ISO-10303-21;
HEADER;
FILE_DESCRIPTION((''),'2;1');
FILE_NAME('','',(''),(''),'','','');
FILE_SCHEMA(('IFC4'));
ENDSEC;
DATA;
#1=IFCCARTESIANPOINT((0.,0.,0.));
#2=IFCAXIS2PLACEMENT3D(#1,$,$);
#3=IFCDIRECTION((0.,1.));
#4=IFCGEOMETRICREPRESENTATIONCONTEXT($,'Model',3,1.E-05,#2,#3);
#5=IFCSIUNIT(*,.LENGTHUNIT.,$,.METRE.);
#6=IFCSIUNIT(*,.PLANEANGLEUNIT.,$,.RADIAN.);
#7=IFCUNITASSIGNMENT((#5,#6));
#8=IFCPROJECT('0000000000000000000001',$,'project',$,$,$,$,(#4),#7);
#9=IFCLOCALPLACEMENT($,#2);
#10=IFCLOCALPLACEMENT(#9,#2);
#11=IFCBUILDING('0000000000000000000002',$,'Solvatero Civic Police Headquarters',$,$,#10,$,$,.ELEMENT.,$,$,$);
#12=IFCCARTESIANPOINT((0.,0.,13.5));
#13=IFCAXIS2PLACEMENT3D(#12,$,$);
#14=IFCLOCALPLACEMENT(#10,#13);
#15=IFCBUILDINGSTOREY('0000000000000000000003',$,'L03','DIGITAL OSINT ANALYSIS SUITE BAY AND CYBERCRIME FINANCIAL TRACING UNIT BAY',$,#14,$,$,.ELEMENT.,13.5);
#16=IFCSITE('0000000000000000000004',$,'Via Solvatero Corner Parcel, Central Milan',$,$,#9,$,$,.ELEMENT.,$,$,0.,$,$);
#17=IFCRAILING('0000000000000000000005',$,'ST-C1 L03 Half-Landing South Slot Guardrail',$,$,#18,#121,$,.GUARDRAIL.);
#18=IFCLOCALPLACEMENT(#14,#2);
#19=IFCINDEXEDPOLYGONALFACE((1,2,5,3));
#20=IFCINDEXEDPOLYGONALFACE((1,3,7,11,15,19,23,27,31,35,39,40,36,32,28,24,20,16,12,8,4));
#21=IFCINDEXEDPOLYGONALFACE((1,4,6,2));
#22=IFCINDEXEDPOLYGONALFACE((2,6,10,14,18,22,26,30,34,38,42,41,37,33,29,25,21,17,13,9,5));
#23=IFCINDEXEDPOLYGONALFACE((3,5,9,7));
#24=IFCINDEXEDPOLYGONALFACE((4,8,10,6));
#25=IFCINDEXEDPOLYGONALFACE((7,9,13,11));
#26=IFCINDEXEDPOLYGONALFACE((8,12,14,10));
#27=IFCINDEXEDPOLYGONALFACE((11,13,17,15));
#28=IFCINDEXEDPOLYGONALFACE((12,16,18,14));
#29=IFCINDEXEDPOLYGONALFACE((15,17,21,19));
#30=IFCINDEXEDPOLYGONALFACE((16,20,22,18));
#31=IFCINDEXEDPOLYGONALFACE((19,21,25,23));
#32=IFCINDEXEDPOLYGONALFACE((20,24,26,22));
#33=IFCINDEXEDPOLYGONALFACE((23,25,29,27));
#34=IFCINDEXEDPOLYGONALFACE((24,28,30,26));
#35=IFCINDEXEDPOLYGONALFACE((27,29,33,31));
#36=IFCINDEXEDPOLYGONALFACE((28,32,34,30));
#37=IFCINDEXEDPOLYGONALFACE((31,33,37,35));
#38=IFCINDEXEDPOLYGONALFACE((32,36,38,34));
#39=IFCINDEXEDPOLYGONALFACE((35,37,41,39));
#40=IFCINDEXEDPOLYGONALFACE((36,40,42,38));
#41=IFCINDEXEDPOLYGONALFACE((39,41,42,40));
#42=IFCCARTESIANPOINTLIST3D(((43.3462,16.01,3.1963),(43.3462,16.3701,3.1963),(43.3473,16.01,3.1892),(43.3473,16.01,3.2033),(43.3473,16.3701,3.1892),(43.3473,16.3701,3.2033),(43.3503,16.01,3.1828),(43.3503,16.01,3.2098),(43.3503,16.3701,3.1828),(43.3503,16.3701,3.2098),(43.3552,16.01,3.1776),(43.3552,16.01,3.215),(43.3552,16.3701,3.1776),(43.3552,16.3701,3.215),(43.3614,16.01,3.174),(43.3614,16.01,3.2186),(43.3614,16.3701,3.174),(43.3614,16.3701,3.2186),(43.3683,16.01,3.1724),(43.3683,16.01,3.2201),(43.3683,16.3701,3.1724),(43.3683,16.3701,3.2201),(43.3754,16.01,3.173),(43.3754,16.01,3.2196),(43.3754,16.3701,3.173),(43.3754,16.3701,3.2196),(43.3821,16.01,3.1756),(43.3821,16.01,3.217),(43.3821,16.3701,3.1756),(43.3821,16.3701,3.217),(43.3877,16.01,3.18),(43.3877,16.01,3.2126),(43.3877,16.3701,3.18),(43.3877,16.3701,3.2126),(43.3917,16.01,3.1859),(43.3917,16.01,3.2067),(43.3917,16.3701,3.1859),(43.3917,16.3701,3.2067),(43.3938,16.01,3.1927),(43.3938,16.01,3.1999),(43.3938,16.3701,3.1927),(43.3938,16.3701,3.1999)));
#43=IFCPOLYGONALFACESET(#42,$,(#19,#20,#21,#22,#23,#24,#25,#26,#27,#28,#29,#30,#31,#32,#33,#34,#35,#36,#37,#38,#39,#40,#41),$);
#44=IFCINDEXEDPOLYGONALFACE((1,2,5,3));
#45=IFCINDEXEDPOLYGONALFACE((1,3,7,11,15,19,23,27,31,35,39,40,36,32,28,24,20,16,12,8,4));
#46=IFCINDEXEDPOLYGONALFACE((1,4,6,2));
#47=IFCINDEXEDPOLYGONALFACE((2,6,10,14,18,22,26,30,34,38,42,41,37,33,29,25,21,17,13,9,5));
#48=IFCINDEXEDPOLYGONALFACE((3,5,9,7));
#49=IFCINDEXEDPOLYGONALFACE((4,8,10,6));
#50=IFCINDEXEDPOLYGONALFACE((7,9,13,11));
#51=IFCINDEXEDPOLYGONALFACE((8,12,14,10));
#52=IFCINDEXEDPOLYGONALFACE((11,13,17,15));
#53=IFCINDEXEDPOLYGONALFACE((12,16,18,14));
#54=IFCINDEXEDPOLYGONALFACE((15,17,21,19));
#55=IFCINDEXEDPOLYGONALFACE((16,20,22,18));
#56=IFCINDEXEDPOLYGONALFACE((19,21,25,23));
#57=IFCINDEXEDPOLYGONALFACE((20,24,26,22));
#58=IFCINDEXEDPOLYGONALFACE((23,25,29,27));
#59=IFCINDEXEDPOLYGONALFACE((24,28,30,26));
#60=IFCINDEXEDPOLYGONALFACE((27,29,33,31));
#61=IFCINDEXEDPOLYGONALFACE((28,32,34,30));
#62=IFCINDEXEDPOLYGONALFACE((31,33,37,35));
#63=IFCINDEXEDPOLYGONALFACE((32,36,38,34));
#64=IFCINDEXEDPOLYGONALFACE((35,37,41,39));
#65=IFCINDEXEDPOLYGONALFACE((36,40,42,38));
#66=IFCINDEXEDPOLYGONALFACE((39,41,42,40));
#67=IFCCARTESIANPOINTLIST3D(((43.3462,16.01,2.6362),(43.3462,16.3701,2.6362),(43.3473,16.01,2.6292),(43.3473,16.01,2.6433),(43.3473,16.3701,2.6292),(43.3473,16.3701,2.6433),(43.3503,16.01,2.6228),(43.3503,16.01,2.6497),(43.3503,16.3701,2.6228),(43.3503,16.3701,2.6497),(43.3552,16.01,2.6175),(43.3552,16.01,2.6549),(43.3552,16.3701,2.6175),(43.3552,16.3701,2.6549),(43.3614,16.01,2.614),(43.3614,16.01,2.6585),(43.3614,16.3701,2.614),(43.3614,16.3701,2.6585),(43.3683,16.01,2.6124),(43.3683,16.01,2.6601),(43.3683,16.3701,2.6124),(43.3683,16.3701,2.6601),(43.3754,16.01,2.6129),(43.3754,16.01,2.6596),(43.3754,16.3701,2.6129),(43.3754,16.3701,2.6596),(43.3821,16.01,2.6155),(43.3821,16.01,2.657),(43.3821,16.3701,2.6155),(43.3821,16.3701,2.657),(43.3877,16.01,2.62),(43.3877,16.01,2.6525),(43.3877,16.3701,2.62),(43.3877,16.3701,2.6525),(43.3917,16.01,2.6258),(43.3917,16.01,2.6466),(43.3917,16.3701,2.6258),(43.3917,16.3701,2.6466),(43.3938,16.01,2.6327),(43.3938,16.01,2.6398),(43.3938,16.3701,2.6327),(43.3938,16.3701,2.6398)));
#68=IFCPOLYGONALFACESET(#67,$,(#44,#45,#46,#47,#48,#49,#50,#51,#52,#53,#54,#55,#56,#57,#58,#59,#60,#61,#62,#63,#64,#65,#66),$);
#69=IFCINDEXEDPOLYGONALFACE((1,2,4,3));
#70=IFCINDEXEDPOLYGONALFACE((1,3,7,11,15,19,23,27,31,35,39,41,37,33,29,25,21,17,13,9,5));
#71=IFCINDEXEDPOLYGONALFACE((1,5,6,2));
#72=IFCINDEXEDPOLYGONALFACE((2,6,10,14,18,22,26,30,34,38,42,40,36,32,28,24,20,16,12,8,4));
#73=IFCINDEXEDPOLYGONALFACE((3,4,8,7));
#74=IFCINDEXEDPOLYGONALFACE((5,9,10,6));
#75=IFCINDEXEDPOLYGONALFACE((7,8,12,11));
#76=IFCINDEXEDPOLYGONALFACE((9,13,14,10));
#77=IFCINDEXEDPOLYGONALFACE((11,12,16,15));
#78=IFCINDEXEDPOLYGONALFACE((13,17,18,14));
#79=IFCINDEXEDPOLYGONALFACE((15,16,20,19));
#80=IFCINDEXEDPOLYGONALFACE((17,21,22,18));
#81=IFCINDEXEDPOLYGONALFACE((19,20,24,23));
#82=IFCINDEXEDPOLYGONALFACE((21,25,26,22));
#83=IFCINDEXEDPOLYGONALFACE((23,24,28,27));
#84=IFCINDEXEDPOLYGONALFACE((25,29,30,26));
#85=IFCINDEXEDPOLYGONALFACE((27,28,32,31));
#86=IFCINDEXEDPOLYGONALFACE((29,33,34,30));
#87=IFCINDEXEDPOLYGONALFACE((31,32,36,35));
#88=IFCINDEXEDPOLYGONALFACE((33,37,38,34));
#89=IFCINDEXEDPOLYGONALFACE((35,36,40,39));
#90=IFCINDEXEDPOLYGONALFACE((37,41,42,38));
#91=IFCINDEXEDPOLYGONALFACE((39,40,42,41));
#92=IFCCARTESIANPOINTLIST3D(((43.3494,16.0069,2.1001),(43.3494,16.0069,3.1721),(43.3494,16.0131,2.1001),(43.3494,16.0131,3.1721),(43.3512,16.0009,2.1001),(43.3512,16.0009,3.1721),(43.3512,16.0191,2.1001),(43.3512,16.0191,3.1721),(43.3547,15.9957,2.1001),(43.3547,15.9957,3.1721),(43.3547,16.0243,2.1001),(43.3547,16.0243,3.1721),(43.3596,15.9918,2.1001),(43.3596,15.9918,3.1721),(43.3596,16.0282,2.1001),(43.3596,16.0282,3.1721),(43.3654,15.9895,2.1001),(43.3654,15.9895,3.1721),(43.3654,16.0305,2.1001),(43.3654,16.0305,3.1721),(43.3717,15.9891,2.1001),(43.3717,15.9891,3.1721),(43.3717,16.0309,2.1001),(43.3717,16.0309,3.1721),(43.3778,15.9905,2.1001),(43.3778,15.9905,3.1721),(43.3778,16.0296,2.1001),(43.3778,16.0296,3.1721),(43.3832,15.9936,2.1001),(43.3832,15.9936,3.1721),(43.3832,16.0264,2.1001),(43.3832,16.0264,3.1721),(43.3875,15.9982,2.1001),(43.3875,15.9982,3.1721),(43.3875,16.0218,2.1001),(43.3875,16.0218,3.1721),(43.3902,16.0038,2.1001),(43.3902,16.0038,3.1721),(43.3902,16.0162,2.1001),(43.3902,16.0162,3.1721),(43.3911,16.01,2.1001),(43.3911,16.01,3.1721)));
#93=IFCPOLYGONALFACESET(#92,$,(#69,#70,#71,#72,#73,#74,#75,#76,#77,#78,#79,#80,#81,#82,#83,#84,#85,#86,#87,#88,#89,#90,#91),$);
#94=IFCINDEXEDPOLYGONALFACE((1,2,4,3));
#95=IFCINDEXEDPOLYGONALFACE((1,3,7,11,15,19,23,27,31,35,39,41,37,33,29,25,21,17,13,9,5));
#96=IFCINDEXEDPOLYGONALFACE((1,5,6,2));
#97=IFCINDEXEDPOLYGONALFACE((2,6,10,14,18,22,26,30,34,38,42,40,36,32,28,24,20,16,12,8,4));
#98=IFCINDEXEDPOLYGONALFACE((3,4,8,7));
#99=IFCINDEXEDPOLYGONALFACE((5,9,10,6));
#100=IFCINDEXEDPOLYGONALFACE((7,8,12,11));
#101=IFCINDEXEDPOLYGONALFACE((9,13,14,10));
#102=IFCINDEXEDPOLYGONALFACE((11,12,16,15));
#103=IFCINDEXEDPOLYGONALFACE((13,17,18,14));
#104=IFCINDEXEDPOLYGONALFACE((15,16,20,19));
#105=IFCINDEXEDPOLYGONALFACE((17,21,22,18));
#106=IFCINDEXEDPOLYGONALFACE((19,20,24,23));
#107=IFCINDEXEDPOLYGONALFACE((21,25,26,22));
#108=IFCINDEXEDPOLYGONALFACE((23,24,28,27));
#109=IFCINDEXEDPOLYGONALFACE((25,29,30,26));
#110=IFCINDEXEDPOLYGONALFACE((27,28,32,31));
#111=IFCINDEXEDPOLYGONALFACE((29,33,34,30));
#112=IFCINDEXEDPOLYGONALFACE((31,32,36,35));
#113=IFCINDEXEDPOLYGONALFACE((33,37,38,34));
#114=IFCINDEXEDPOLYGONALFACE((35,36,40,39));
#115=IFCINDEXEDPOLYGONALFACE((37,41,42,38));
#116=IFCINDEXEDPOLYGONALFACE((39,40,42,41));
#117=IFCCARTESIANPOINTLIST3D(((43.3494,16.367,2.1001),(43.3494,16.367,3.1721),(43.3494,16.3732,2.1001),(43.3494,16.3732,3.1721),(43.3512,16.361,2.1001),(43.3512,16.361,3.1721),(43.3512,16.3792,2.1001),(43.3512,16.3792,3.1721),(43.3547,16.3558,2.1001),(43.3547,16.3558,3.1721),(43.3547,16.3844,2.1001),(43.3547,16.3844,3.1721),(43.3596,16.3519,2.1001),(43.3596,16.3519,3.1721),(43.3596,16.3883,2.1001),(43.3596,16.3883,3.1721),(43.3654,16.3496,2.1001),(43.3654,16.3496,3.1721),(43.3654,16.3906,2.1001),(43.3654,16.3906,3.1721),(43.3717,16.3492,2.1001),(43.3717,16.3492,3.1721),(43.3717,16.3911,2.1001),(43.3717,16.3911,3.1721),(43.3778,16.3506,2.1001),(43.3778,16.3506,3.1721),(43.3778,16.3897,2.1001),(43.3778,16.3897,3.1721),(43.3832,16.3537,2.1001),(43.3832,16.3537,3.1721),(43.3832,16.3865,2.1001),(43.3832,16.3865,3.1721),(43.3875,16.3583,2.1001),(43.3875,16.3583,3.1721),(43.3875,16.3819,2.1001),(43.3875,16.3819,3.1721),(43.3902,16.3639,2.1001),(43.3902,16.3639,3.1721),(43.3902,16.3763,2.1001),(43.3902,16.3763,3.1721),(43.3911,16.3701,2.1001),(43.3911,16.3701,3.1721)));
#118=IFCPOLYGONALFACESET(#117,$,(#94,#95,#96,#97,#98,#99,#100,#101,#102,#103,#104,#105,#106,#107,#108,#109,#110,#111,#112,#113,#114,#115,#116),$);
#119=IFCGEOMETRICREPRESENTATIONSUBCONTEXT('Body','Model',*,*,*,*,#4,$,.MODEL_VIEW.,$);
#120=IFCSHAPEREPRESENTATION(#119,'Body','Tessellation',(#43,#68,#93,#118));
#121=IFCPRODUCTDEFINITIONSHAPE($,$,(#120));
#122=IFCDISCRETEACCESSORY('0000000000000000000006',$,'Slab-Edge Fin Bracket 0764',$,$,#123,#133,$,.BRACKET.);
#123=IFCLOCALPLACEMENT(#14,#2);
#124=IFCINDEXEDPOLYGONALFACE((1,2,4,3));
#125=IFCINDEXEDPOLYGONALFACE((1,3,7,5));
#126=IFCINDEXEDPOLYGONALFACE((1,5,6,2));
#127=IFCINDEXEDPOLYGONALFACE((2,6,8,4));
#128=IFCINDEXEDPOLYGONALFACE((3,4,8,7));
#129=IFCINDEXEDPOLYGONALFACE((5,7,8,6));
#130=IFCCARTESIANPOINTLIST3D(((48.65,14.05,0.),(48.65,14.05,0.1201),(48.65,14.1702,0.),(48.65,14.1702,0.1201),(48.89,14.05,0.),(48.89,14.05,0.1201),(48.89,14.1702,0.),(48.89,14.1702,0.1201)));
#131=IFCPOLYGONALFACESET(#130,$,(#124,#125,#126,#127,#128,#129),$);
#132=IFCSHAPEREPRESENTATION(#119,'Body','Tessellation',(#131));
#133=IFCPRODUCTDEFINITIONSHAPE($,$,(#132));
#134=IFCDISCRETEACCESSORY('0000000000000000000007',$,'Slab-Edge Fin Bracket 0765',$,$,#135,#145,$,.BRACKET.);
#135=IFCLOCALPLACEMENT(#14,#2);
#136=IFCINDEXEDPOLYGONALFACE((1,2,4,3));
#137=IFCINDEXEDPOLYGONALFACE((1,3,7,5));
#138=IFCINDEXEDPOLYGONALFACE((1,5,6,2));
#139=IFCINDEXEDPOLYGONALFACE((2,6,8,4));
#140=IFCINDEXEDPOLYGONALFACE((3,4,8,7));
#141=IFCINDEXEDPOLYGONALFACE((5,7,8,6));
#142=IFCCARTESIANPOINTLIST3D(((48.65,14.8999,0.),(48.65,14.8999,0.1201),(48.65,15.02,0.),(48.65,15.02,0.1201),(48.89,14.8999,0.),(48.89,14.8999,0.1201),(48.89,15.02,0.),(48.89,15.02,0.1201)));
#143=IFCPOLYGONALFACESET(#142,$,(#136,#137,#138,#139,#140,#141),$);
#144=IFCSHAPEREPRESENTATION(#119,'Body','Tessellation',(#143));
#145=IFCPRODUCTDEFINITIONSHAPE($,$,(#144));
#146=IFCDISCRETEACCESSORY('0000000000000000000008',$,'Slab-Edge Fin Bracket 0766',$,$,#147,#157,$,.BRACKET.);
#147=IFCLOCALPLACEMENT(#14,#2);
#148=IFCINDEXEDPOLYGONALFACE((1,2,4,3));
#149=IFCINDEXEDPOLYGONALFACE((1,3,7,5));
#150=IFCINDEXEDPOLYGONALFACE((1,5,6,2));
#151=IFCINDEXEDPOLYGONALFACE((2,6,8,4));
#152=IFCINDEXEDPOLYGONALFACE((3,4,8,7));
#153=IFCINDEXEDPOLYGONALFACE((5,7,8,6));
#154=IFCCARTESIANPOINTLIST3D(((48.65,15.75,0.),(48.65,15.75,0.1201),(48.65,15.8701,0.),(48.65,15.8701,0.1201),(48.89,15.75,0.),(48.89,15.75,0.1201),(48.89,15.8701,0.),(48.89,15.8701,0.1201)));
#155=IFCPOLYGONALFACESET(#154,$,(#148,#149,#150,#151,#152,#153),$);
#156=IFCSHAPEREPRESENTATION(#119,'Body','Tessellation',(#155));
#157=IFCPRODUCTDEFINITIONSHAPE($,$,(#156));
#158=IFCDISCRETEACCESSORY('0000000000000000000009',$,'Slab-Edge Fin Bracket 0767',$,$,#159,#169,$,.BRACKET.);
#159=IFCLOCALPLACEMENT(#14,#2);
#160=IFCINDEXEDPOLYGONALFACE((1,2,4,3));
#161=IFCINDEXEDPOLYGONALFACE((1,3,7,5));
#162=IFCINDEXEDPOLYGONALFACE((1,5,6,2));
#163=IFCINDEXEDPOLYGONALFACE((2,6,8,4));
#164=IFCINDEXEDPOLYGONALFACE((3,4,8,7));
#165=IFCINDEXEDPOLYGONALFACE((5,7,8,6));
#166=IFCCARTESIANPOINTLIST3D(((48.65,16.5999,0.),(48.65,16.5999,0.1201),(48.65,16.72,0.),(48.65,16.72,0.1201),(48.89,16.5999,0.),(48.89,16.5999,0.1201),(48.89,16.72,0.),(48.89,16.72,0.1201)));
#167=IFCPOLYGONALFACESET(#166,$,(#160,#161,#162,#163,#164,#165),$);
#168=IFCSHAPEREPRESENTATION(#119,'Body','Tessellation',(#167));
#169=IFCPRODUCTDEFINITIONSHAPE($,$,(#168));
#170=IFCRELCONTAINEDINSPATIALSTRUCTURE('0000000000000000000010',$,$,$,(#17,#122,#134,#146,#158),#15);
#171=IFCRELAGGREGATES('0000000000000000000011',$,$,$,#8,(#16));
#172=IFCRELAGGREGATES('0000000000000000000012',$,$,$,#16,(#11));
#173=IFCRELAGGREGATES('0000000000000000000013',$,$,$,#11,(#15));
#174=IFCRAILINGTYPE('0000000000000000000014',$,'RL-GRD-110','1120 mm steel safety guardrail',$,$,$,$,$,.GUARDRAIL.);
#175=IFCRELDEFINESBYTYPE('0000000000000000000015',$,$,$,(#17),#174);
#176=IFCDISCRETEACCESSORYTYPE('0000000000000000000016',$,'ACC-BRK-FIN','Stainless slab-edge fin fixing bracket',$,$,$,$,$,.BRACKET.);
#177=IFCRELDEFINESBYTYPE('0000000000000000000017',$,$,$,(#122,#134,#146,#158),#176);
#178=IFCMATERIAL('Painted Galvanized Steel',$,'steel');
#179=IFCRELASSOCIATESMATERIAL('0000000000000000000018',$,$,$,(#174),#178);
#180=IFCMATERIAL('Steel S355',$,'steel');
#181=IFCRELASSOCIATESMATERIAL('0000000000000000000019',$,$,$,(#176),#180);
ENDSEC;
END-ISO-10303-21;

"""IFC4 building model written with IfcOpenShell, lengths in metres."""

from ifc_helpers import new_model, si_unit, direction, frame, origin, origin_2d, place, context, subcontext, project, spatial, rectangle, circle, extrude, material, type_object, element, save


model = new_model("IFC4")

# Units and contexts
model_context = context("Model", 3, precision=1e-05, world=origin(), true_north=direction((0.0, 1.0)))
body_context = subcontext(model_context, "Body", "Model", "MODEL_VIEW")
ifc_project = project(units=[si_unit("LENGTHUNIT", "METRE"), si_unit("PLANEANGLEUNIT", "RADIAN")], contexts=[model_context])

# Site, building, storey
site_placement = place(None, origin())
site = spatial("IfcSite", under=ifc_project, at=site_placement, Name="Via Solvatero Corner Parcel, Central Milan", CompositionType="ELEMENT", RefElevation=0.0)
building_placement = place(site_placement, origin())
building = spatial("IfcBuilding", under=site, at=building_placement, Name="Solvatero Civic Police Headquarters", CompositionType="ELEMENT")
storey_placement = place(building_placement, frame((0.0, 0.0, 13.5)))
storey = spatial("IfcBuildingStorey", under=building, at=storey_placement, Name="L03", Description="DIGITAL OSINT ANALYSIS SUITE BAY AND CYBERCRIME FINANCIAL TRACING UNIT BAY", CompositionType="ELEMENT", Elevation=13.5)

# Shared definitions
ifc_material_1 = material(Name="Steel S355", Category="steel")

# Railing
ifc_material_2 = material(Name="Painted Galvanized Steel", Category="steel")
railing_type_1 = type_object("IfcRailingType", Name="RL-GRD-110", Description="1120 mm steel safety guardrail", PredefinedType="GUARDRAIL", material=ifc_material_2)
railing_1_placement = place(storey_placement, frame((43.3701, 16.01, 2.1001)))
element("IfcRailing", 1, at=railing_1_placement, inside=storey, type_object=railing_type_1, Name="ST-C1 L03 Half-Landing South Slot Guardrail", PredefinedType="GUARDRAIL", context=body_context, shape_type="SweptSolid", body=[
    extrude(circle(Radius=0.0239, at=origin_2d()), frame((0.0, 0.0, 1.0962), z_axis=(0.0, 1.0, 0.0), x_axis=(-1.0, 0.0, 0.0)), (0.0, 0.0, 1.0), 0.3601),
    extrude(circle(Radius=0.0239, at=origin_2d()), frame((0.0, 0.0, 0.5361), z_axis=(0.0, 1.0, 0.0), x_axis=(-1.0, 0.0, 0.0)), (0.0, 0.0, 1.0), 0.3601),
    extrude(circle(Radius=0.021, at=origin_2d()), origin(), (0.0, 0.0, 1.0), 1.072),
    extrude(circle(Radius=0.021, at=origin_2d()), frame((0.0, 0.3601, 0.0)), (0.0, 0.0, 1.0), 1.072),
])

# Discrete accessories
discrete_accessory_type = type_object("IfcDiscreteAccessoryType", Name="ACC-BRK-FIN", Description="Stainless slab-edge fin fixing bracket", PredefinedType="BRACKET", material=ifc_material_1)
for number, where, z_axis, x_axis, name in (
    (2, (48.77, 14.1101, 0.0), (0.0, 0.0, 1.0), (0.0, 1.0, 0.0), "Slab-Edge Fin Bracket 0764"),
    (3, (48.77, 14.96, 0.0), (0.0, 0.0, 1.0), (0.0, 1.0, 0.0), "Slab-Edge Fin Bracket 0765"),
    (4, (48.77, 15.8101, 0.0), (0.0, 0.0, 1.0), (0.0, 1.0, 0.0), "Slab-Edge Fin Bracket 0766"),
    (5, (48.77, 16.6599, 0.0), (0.0, 0.0, 1.0), (0.0, 1.0, 0.0), "Slab-Edge Fin Bracket 0767"),
):
    element("IfcDiscreteAccessory", number, at=place(storey_placement, frame(where, z_axis=z_axis, x_axis=x_axis)), inside=storey, type_object=discrete_accessory_type, Name=name, PredefinedType="BRACKET", context=body_context, shape_type="SweptSolid", body=[
        extrude(rectangle(XDim=0.1201, YDim=0.24, at=origin_2d()), origin(), (0.0, 0.0, 1.0), 0.1201),
    ])

save(model, "model.ifc")
